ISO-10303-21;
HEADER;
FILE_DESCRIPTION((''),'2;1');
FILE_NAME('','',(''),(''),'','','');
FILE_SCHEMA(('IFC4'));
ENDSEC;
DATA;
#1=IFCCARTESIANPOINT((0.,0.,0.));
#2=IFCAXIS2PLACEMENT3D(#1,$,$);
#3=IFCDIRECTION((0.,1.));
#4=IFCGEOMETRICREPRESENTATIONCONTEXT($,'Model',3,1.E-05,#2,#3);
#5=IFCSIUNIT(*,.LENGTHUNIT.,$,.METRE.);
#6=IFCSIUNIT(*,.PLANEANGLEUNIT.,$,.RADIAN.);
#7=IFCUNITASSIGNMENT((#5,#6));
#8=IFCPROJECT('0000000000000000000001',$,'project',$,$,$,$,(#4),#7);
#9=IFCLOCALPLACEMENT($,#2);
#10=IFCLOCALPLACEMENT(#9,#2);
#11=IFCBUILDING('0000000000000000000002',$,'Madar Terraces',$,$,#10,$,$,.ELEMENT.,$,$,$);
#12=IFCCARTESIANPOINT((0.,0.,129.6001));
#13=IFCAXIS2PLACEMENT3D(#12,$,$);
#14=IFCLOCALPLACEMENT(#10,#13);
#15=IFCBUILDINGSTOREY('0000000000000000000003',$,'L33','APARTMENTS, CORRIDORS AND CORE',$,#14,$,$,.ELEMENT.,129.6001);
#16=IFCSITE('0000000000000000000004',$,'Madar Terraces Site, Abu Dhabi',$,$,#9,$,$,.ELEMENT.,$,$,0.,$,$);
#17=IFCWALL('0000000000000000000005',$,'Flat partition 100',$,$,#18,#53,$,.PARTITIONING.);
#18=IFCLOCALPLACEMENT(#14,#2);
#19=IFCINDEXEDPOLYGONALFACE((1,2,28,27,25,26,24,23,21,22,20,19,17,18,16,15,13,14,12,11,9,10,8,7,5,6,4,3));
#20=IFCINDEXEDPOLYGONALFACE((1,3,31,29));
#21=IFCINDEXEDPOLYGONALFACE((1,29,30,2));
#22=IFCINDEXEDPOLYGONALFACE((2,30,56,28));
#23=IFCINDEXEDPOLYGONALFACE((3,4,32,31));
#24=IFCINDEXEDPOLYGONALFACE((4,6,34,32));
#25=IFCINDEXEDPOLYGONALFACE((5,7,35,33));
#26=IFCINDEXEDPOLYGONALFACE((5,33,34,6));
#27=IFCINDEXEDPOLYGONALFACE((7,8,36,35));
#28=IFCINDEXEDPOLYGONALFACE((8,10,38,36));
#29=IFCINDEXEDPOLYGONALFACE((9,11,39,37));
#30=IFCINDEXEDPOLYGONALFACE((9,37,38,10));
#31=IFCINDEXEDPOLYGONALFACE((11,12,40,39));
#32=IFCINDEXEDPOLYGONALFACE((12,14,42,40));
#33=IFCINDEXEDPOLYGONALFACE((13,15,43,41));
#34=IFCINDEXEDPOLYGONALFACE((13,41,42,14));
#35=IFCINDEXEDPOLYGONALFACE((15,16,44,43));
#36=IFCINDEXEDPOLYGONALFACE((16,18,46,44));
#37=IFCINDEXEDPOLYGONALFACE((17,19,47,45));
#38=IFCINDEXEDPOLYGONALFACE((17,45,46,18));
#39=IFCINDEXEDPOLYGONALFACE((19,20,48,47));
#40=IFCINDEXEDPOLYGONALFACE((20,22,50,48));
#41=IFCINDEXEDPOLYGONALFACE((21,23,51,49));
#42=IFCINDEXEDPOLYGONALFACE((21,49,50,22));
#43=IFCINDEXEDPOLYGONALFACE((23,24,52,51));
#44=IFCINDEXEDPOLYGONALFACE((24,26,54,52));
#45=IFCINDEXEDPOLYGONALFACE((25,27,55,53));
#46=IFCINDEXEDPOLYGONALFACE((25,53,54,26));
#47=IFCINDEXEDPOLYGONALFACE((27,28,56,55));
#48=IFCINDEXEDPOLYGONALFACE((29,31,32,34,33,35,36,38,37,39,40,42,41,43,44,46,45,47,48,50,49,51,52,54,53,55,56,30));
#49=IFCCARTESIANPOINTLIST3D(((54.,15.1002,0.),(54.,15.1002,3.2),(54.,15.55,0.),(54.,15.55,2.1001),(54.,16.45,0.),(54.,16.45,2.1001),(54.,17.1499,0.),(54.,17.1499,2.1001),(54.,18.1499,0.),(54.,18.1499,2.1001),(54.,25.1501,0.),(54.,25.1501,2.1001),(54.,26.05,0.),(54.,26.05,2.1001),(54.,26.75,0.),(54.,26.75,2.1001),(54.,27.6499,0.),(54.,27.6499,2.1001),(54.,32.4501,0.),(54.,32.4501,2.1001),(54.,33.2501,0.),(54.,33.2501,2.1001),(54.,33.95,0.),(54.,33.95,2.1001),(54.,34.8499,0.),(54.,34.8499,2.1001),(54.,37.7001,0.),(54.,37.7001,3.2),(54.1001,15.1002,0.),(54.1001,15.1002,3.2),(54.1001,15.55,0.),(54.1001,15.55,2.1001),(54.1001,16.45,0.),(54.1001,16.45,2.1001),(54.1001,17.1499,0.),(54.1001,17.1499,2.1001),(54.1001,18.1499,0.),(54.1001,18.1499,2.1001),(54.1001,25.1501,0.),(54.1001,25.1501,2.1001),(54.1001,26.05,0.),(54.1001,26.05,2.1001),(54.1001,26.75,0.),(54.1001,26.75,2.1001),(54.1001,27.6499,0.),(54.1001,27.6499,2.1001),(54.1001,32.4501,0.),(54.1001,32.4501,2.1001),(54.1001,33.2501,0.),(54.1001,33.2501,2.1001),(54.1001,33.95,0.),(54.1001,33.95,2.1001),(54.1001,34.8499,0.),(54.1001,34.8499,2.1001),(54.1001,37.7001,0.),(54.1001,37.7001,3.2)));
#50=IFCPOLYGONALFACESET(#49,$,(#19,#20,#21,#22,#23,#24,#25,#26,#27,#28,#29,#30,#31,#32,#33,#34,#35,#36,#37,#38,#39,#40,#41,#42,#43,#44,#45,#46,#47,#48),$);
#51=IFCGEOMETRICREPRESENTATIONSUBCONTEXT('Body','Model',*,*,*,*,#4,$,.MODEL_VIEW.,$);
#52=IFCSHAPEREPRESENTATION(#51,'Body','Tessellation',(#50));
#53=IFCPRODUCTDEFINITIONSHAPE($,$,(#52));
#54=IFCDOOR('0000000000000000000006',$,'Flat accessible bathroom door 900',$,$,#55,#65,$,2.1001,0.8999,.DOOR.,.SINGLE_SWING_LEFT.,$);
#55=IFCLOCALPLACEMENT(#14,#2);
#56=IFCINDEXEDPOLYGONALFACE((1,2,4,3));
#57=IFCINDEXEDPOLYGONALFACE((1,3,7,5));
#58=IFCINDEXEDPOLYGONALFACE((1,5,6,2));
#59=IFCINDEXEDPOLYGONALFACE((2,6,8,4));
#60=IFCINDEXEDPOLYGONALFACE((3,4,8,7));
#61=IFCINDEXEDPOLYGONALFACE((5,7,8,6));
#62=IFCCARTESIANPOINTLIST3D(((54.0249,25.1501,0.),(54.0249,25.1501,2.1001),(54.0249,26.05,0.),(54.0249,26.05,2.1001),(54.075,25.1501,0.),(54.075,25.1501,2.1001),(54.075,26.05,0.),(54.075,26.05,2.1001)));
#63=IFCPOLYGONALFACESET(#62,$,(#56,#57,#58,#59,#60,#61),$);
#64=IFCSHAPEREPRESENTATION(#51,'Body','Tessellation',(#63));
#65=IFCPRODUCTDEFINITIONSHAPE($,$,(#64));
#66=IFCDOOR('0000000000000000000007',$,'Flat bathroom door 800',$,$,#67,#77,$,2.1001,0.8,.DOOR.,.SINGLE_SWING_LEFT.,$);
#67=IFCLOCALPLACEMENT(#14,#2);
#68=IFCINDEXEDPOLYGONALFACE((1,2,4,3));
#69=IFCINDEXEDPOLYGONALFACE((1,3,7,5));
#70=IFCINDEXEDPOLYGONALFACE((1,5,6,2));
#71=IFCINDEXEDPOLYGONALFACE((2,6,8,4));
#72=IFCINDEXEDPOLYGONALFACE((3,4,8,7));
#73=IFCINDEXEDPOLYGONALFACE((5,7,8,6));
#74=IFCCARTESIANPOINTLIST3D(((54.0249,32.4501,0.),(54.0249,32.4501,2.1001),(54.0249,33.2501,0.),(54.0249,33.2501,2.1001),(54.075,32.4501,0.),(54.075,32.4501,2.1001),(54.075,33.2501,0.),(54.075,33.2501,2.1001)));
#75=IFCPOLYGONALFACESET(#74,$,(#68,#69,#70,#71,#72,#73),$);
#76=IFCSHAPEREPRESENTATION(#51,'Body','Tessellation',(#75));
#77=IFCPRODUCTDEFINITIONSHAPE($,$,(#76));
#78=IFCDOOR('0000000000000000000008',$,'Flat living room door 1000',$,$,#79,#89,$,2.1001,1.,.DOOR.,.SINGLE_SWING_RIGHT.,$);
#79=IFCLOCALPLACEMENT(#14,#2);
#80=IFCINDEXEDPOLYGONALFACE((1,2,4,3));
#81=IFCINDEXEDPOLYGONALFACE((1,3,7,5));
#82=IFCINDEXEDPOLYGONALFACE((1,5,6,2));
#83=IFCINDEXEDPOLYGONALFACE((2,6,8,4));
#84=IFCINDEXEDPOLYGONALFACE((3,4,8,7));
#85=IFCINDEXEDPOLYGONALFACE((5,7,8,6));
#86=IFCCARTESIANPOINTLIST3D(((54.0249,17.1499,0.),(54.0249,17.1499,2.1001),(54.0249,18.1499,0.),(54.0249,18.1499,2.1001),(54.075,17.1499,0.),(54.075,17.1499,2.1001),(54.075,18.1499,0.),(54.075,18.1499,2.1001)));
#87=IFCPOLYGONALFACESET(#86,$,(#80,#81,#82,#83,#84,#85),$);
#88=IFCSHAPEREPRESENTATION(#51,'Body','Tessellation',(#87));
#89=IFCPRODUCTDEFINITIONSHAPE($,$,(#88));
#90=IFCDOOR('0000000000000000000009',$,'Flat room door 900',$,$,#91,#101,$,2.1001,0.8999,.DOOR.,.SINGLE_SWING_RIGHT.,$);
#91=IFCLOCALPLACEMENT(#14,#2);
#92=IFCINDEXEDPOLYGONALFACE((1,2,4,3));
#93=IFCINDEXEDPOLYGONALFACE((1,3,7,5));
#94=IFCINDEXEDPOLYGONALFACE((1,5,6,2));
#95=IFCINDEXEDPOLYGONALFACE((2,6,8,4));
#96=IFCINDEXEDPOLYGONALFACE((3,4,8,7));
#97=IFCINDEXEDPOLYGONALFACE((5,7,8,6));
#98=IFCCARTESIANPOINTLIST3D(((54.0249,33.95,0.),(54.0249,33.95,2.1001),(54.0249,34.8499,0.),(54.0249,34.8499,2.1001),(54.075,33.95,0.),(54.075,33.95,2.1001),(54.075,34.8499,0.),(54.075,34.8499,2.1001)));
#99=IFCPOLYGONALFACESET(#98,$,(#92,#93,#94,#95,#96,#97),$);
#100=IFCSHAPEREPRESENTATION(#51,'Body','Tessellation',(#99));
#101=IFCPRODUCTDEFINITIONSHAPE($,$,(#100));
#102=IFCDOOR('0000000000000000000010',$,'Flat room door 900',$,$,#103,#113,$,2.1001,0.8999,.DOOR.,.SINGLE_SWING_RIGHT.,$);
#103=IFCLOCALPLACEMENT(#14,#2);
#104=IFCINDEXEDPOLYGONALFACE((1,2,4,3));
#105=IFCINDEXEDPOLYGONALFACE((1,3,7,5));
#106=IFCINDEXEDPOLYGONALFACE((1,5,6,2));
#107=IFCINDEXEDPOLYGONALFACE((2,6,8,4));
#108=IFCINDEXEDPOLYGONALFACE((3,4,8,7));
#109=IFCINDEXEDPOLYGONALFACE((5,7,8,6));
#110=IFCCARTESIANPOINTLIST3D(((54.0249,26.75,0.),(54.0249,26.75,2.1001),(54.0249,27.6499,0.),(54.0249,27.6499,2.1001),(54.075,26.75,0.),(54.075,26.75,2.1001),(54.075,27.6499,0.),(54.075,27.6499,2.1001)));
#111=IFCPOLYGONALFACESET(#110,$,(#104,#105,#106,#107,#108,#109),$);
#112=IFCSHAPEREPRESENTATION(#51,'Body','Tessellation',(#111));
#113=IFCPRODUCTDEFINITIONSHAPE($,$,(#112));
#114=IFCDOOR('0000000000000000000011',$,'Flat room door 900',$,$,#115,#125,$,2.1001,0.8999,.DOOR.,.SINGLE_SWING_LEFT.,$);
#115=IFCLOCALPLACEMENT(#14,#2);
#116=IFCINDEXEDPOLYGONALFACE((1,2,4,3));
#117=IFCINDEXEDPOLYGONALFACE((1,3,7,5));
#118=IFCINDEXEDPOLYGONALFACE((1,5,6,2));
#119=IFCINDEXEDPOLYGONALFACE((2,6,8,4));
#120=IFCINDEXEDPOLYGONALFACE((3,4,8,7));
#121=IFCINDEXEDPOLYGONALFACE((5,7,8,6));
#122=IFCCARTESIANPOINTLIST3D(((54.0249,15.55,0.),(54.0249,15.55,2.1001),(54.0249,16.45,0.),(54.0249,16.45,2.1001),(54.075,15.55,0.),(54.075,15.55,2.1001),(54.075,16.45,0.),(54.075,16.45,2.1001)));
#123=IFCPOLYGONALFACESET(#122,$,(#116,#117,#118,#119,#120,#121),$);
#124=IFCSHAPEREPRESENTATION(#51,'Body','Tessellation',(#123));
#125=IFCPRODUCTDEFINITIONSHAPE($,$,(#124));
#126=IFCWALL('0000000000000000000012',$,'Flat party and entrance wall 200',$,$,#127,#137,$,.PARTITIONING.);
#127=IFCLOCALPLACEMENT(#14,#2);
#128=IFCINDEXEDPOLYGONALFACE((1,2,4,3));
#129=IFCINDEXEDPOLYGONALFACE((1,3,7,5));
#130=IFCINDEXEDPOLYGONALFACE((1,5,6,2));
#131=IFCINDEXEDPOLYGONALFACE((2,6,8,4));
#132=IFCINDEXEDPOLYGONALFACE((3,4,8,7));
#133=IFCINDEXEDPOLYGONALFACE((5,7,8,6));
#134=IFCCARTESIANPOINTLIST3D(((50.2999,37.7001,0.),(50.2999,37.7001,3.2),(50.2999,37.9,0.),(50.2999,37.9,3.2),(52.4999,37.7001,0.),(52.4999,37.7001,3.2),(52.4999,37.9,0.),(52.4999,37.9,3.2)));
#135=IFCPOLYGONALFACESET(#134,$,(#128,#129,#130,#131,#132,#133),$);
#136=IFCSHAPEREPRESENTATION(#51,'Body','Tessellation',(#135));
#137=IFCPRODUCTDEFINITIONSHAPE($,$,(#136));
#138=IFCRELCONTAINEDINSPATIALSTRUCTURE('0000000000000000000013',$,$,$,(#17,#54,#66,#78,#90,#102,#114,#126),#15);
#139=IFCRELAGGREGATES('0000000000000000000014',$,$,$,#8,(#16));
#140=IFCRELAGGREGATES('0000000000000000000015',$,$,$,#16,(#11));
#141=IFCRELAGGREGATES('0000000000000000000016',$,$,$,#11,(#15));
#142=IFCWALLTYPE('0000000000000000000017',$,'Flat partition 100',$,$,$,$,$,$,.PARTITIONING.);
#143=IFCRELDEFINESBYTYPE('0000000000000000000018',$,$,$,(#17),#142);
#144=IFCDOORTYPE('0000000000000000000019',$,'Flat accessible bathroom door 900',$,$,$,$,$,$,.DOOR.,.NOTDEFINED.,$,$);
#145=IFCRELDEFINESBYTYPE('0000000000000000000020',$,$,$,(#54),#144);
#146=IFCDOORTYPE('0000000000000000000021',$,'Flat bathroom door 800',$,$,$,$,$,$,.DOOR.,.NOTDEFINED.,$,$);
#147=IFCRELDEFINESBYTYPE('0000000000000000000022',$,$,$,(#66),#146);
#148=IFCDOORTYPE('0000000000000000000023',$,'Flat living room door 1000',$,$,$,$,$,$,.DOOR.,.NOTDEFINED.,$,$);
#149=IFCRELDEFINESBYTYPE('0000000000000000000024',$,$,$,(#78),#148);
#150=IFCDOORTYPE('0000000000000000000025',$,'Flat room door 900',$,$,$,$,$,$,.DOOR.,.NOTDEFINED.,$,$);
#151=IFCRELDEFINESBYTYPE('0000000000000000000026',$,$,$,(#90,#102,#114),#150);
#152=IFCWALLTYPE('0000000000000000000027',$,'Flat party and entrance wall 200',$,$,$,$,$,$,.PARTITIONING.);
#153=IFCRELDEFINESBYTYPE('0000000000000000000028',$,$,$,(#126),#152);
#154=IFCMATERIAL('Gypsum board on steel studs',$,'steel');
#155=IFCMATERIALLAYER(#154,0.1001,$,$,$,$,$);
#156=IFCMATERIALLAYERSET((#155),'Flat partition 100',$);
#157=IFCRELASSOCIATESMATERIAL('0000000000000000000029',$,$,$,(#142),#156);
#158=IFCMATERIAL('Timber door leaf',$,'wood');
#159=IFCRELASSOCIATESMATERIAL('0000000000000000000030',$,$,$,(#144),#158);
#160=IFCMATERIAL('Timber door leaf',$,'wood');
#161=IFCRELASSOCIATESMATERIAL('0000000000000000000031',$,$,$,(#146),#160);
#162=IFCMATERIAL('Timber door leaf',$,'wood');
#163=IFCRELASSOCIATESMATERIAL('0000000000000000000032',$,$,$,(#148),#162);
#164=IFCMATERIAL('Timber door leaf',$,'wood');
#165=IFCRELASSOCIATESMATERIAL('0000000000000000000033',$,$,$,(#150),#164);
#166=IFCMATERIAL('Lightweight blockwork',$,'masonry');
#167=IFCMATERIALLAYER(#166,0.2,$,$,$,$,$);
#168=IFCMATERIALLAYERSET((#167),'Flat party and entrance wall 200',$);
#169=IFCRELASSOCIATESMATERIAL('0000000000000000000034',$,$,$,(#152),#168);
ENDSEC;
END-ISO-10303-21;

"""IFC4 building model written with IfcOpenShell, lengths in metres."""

from ifc_helpers import new_model, si_unit, direction, frame, frame_2d, origin, place, context, subcontext, project, spatial, rectangle, extrude, material, layer, layer_set, type_object, element, fill, save


model = new_model("IFC4")

# Units and contexts
model_context = context("Model", 3, precision=1e-05, world=origin(), true_north=direction((0.0, 1.0)))
body_context = subcontext(model_context, "Body", "Model", "MODEL_VIEW")
ifc_project = project(units=[si_unit("LENGTHUNIT", "METRE"), si_unit("PLANEANGLEUNIT", "RADIAN")], contexts=[model_context])

# Site, building, storey
site_placement = place(None, origin())
site = spatial("IfcSite", under=ifc_project, at=site_placement, Name="Madar Terraces Site, Abu Dhabi", CompositionType="ELEMENT", RefElevation=0.0)
building_placement = place(site_placement, origin())
building = spatial("IfcBuilding", under=site, at=building_placement, Name="Madar Terraces", CompositionType="ELEMENT")
storey_placement = place(building_placement, frame((0.0, 0.0, 129.6001)))
storey = spatial("IfcBuildingStorey", under=building, at=storey_placement, Name="L33", Description="APARTMENTS, CORRIDORS AND CORE", CompositionType="ELEMENT", Elevation=129.6001)

# Wall, openings, doors
ifc_material_1 = material(Name="Gypsum board on steel studs", Category="steel")
ifc_layer_1 = layer(ifc_material_1, 0.1001)
ifc_layer_set_1 = layer_set([ifc_layer_1], Name="Flat partition 100")
wall_type_1 = type_object("IfcWallType", Name="Flat partition 100", PredefinedType="PARTITIONING", material=ifc_layer_set_1)
wall_1_placement = place(storey_placement, frame((54.05, 37.7, 0.0), z_axis=(0.0, 0.0, 1.0), x_axis=(0.0, -1.0, 0.0)))
wall_1 = element("IfcWall", 1, at=wall_1_placement, inside=storey, type_object=wall_type_1, Name="Flat partition 100", PredefinedType="PARTITIONING", context=body_context, shape_type="SweptSolid", body=[
    extrude(rectangle(XDim=22.5999, YDim=0.1001, at=frame_2d((11.2998, 0.0))), origin(), (0.0, 0.0, 1.0), 3.2),
])
opening_1_placement = place(wall_1_placement, frame((2.8501, 0.0, 0.0)))
opening_1 = element("IfcOpeningElement", 2, at=opening_1_placement, cuts=wall_1, PredefinedType="OPENING", context=body_context, shape_type="SweptSolid", body=[
    extrude(rectangle(XDim=0.8999, YDim=2.1001, at=frame_2d((0.45, 1.05))), frame((0.0, 0.0601, 0.0), z_axis=(0.0, -1.0, 0.0), x_axis=(1.0, 0.0, 0.0)), (0.0, 0.0, 1.0), 0.1201),
])
opening_2_placement = place(wall_1_placement, frame((4.45, 0.0, 0.0)))
opening_2 = element("IfcOpeningElement", 3, at=opening_2_placement, cuts=wall_1, PredefinedType="OPENING", context=body_context, shape_type="SweptSolid", body=[
    extrude(rectangle(XDim=0.8, YDim=2.1001, at=frame_2d((0.3999, 1.05))), frame((0.0, 0.0601, 0.0), z_axis=(0.0, -1.0, 0.0), x_axis=(1.0, 0.0, 0.0)), (0.0, 0.0, 1.0), 0.1201),
])
opening_3_placement = place(wall_1_placement, frame((10.05, 0.0, 0.0)))
opening_3 = element("IfcOpeningElement", 4, at=opening_3_placement, cuts=wall_1, PredefinedType="OPENING", context=body_context, shape_type="SweptSolid", body=[
    extrude(rectangle(XDim=0.8999, YDim=2.1001, at=frame_2d((0.45, 1.05))), frame((0.0, 0.0601, 0.0), z_axis=(0.0, -1.0, 0.0), x_axis=(1.0, 0.0, 0.0)), (0.0, 0.0, 1.0), 0.1201),
])
opening_4_placement = place(wall_1_placement, frame((11.6499, 0.0, 0.0)))
opening_4 = element("IfcOpeningElement", 5, at=opening_4_placement, cuts=wall_1, PredefinedType="OPENING", context=body_context, shape_type="SweptSolid", body=[
    extrude(rectangle(XDim=0.8999, YDim=2.1001, at=frame_2d((0.45, 1.05))), frame((0.0, 0.0601, 0.0), z_axis=(0.0, -1.0, 0.0), x_axis=(1.0, 0.0, 0.0)), (0.0, 0.0, 1.0), 0.1201),
])
opening_5_placement = place(wall_1_placement, frame((19.55, 0.0, 0.0)))
opening_5 = element("IfcOpeningElement", 6, at=opening_5_placement, cuts=wall_1, PredefinedType="OPENING", context=body_context, shape_type="SweptSolid", body=[
    extrude(rectangle(XDim=1.0, YDim=2.1001, at=frame_2d((0.5, 1.05))), frame((0.0, 0.0601, 0.0), z_axis=(0.0, -1.0, 0.0), x_axis=(1.0, 0.0, 0.0)), (0.0, 0.0, 1.0), 0.1201),
])
opening_6_placement = place(wall_1_placement, frame((21.25, 0.0, 0.0)))
opening_6 = element("IfcOpeningElement", 7, at=opening_6_placement, cuts=wall_1, PredefinedType="OPENING", context=body_context, shape_type="SweptSolid", body=[
    extrude(rectangle(XDim=0.8999, YDim=2.1001, at=frame_2d((0.45, 1.05))), frame((0.0, 0.0601, 0.0), z_axis=(0.0, -1.0, 0.0), x_axis=(1.0, 0.0, 0.0)), (0.0, 0.0, 1.0), 0.1201),
])
ifc_material_2 = material(Name="Timber door leaf", Category="wood")
door_type_1 = type_object("IfcDoorType", Name="Flat accessible bathroom door 900", OperationType="NOTDEFINED", PredefinedType="DOOR", material=ifc_material_2)
door_1_placement = place(opening_4_placement, origin())
door_1 = element("IfcDoor", 8, at=door_1_placement, inside=storey, type_object=door_type_1, Name="Flat accessible bathroom door 900", OperationType="SINGLE_SWING_LEFT", OverallHeight=2.1001, OverallWidth=0.8999, PredefinedType="DOOR", context=body_context, shape_type="SweptSolid", body=[
    extrude(rectangle(XDim=0.8999, YDim=2.1001, at=frame_2d((0.45, 1.05))), frame((0.0, 0.0249, 0.0), z_axis=(0.0, -1.0, 0.0), x_axis=(1.0, 0.0, 0.0)), (0.0, 0.0, 1.0), 0.05),
])
fill(opening_4, door_1)
ifc_material_3 = material(Name="Timber door leaf", Category="wood")
door_type_2 = type_object("IfcDoorType", Name="Flat bathroom door 800", OperationType="NOTDEFINED", PredefinedType="DOOR", material=ifc_material_3)
door_2_placement = place(opening_2_placement, origin())
door_2 = element("IfcDoor", 9, at=door_2_placement, inside=storey, type_object=door_type_2, Name="Flat bathroom door 800", OperationType="SINGLE_SWING_LEFT", OverallHeight=2.1001, OverallWidth=0.8, PredefinedType="DOOR", context=body_context, shape_type="SweptSolid", body=[
    extrude(rectangle(XDim=0.8, YDim=2.1001, at=frame_2d((0.3999, 1.05))), frame((0.0, 0.0249, 0.0), z_axis=(0.0, -1.0, 0.0), x_axis=(1.0, 0.0, 0.0)), (0.0, 0.0, 1.0), 0.05),
])
fill(opening_2, door_2)
ifc_material_4 = material(Name="Timber door leaf", Category="wood")
door_type_3 = type_object("IfcDoorType", Name="Flat living room door 1000", OperationType="NOTDEFINED", PredefinedType="DOOR", material=ifc_material_4)
door_3_placement = place(opening_5_placement, origin())
door_3 = element("IfcDoor", 10, at=door_3_placement, inside=storey, type_object=door_type_3, Name="Flat living room door 1000", OperationType="SINGLE_SWING_RIGHT", OverallHeight=2.1001, OverallWidth=1.0, PredefinedType="DOOR", context=body_context, shape_type="SweptSolid", body=[
    extrude(rectangle(XDim=1.0, YDim=2.1001, at=frame_2d((0.5, 1.05))), frame((0.0, 0.0249, 0.0), z_axis=(0.0, -1.0, 0.0), x_axis=(1.0, 0.0, 0.0)), (0.0, 0.0, 1.0), 0.05),
])
fill(opening_5, door_3)
ifc_material_5 = material(Name="Timber door leaf", Category="wood")
door_type_4 = type_object("IfcDoorType", Name="Flat room door 900", OperationType="NOTDEFINED", PredefinedType="DOOR", material=ifc_material_5)
door_4_placement = place(opening_1_placement, origin())
door_4 = element("IfcDoor", 11, at=door_4_placement, inside=storey, type_object=door_type_4, Name="Flat room door 900", OperationType="SINGLE_SWING_RIGHT", OverallHeight=2.1001, OverallWidth=0.8999, PredefinedType="DOOR", context=body_context, shape_type="SweptSolid", body=[
    extrude(rectangle(XDim=0.8999, YDim=2.1001, at=frame_2d((0.45, 1.05))), frame((0.0, 0.0249, 0.0), z_axis=(0.0, -1.0, 0.0), x_axis=(1.0, 0.0, 0.0)), (0.0, 0.0, 1.0), 0.05),
])
fill(opening_1, door_4)
door_5_placement = place(opening_3_placement, origin())
door_5 = element("IfcDoor", 12, at=door_5_placement, inside=storey, type_object=door_type_4, Name="Flat room door 900", OperationType="SINGLE_SWING_RIGHT", OverallHeight=2.1001, OverallWidth=0.8999, PredefinedType="DOOR", context=body_context, shape_type="SweptSolid", body=[
    extrude(rectangle(XDim=0.8999, YDim=2.1001, at=frame_2d((0.45, 1.05))), frame((0.0, 0.0249, 0.0), z_axis=(0.0, -1.0, 0.0), x_axis=(1.0, 0.0, 0.0)), (0.0, 0.0, 1.0), 0.05),
])
fill(opening_3, door_5)
door_6_placement = place(opening_6_placement, origin())
door_6 = element("IfcDoor", 13, at=door_6_placement, inside=storey, type_object=door_type_4, Name="Flat room door 900", OperationType="SINGLE_SWING_LEFT", OverallHeight=2.1001, OverallWidth=0.8999, PredefinedType="DOOR", context=body_context, shape_type="SweptSolid", body=[
    extrude(rectangle(XDim=0.8999, YDim=2.1001, at=frame_2d((0.45, 1.05))), frame((0.0, 0.0249, 0.0), z_axis=(0.0, -1.0, 0.0), x_axis=(1.0, 0.0, 0.0)), (0.0, 0.0, 1.0), 0.05),
])
fill(opening_6, door_6)

# Wall
ifc_material_6 = material(Name="Lightweight blockwork", Category="masonry")
ifc_layer_2 = layer(ifc_material_6, 0.2)
ifc_layer_set_2 = layer_set([ifc_layer_2], Name="Flat party and entrance wall 200")
wall_type_2 = type_object("IfcWallType", Name="Flat party and entrance wall 200", PredefinedType="PARTITIONING", material=ifc_layer_set_2)
wall_2_placement = place(storey_placement, frame((52.5, 37.8, 0.0), z_axis=(0.0, 0.0, 1.0), x_axis=(-1.0, 0.0, 0.0)))
element("IfcWall", 14, at=wall_2_placement, inside=storey, type_object=wall_type_2, Name="Flat party and entrance wall 200", PredefinedType="PARTITIONING", context=body_context, shape_type="SweptSolid", body=[
    extrude(rectangle(XDim=2.2, YDim=0.2, at=frame_2d((1.1001, 0.0))), origin(), (0.0, 0.0, 1.0), 3.2),
])

save(model, "model.ifc")
